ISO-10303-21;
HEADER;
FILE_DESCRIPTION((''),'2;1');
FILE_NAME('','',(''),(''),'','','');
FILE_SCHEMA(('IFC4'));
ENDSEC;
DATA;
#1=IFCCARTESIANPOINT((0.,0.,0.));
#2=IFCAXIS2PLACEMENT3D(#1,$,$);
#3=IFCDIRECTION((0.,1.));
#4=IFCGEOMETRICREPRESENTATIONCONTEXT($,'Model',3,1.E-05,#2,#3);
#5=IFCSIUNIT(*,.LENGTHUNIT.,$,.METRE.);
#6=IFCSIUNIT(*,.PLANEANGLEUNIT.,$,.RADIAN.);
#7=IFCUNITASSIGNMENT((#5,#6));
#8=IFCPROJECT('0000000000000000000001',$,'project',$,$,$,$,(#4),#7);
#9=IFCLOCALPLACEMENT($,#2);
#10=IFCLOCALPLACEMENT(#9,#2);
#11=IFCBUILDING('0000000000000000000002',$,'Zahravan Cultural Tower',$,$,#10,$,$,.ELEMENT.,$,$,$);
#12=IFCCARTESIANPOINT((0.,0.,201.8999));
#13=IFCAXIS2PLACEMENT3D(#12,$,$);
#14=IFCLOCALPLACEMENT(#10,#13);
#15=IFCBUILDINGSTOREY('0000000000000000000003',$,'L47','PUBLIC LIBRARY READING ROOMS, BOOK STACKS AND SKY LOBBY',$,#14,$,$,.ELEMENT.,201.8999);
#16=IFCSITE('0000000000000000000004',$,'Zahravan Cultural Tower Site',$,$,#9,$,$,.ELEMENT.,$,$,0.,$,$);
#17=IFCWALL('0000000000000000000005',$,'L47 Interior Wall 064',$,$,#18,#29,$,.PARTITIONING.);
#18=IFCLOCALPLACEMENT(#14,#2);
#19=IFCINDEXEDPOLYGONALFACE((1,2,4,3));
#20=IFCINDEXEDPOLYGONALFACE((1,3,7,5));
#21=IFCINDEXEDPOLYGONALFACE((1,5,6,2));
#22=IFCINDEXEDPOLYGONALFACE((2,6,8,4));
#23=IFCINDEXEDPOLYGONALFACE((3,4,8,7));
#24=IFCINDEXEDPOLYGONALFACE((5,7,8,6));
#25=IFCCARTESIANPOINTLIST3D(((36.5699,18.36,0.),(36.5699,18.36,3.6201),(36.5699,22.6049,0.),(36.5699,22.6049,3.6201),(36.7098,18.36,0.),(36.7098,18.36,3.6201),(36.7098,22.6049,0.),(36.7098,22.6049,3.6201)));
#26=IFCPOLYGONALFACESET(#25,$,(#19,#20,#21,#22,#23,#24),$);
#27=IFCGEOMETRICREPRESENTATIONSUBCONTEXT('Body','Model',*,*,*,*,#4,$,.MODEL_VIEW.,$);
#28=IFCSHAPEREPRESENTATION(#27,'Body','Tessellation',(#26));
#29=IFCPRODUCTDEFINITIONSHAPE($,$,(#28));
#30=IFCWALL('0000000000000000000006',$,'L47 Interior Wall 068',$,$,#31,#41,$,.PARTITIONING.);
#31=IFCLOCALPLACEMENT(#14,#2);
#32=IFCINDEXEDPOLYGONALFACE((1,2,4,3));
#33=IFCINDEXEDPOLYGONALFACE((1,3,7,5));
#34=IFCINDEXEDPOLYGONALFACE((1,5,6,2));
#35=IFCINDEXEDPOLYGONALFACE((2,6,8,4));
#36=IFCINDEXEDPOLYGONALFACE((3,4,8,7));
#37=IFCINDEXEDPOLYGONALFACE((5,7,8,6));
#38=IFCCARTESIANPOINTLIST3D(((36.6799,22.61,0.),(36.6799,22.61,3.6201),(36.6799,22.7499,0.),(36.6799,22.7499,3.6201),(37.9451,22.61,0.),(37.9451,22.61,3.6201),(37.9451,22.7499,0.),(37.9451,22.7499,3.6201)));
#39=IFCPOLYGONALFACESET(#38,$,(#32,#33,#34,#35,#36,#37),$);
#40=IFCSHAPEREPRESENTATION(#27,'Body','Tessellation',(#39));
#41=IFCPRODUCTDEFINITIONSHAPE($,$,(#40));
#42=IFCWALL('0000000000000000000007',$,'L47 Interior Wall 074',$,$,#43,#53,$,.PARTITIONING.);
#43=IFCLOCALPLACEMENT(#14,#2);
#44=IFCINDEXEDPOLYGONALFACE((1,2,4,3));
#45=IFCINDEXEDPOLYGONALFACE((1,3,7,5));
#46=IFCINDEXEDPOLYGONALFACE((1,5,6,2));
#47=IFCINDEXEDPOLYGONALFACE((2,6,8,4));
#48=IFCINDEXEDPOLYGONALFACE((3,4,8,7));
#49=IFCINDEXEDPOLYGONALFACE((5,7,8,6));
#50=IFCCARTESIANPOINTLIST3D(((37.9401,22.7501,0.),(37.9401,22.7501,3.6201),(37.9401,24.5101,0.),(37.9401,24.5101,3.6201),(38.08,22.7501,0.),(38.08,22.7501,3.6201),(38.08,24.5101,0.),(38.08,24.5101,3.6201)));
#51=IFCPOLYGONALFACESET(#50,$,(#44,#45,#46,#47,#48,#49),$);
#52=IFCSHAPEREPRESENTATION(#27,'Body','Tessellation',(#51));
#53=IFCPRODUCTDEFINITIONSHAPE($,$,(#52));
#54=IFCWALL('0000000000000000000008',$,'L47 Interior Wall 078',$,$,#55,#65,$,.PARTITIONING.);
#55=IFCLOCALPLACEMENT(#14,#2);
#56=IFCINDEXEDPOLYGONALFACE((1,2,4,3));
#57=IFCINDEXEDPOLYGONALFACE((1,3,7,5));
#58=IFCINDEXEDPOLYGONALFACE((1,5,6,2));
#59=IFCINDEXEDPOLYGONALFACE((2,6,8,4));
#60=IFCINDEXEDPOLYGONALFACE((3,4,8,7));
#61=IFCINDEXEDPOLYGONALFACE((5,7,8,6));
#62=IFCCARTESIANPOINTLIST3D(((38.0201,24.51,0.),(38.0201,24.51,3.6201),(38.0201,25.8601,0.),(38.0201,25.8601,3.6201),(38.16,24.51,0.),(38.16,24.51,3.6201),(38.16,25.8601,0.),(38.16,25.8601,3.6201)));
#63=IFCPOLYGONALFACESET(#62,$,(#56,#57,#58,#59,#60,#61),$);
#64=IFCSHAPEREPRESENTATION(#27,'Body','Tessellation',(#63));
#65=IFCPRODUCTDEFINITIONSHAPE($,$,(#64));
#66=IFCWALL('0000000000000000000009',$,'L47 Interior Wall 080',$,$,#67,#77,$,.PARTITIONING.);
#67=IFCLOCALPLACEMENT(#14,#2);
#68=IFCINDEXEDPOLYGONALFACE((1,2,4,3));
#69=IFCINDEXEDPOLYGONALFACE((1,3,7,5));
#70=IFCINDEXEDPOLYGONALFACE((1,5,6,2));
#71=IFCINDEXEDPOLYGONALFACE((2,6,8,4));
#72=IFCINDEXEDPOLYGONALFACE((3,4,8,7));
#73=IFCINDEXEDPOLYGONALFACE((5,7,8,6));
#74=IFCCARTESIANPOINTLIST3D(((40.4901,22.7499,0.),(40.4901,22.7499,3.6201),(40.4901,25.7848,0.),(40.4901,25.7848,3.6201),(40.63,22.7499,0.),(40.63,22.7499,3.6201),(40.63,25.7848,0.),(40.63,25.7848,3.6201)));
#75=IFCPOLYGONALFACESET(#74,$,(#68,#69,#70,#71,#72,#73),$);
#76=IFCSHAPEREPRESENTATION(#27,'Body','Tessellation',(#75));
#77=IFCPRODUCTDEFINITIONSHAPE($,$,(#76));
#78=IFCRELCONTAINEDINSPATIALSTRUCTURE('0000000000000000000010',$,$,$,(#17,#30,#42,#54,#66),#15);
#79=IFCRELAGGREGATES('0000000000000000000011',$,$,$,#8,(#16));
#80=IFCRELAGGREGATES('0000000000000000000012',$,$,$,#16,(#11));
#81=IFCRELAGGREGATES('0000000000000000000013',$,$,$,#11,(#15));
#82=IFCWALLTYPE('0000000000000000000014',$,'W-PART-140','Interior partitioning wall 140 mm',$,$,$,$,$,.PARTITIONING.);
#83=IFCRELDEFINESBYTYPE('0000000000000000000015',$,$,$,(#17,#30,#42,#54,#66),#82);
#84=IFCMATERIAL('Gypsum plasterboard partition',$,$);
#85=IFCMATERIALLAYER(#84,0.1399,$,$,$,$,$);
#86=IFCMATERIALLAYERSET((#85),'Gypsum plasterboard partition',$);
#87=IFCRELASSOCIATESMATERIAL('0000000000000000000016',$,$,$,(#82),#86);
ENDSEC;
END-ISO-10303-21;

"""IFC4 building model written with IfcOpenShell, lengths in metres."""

from ifc_helpers import new_model, si_unit, direction, frame, frame_2d, origin, place, context, subcontext, project, spatial, rectangle, extrude, source, transform, mapped, material, layer, layer_set, type_object, element, save


model = new_model("IFC4")

# Units and contexts
model_context = context("Model", 3, precision=1e-05, world=origin(), true_north=direction((0.0, 1.0)))
body_context = subcontext(model_context, "Body", "Model", "MODEL_VIEW")
ifc_project = project(units=[si_unit("LENGTHUNIT", "METRE"), si_unit("PLANEANGLEUNIT", "RADIAN")], contexts=[model_context])

# Site, building, storey
site_placement = place(None, origin())
site = spatial("IfcSite", under=ifc_project, at=site_placement, Name="Zahravan Cultural Tower Site", CompositionType="ELEMENT", RefElevation=0.0)
building_placement = place(site_placement, origin())
building = spatial("IfcBuilding", under=site, at=building_placement, Name="Zahravan Cultural Tower", CompositionType="ELEMENT")
storey_placement = place(building_placement, frame((0.0, 0.0, 201.8999)))
storey = spatial("IfcBuildingStorey", under=building, at=storey_placement, Name="L47", Description="PUBLIC LIBRARY READING ROOMS, BOOK STACKS AND SKY LOBBY", CompositionType="ELEMENT", Elevation=201.8999)

# Shared definitions
ifc_material_1 = material(Name="Gypsum plasterboard partition")
ifc_layer_1 = layer(ifc_material_1, 0.1399)
ifc_layer_set_1 = layer_set([ifc_layer_1], Name="Gypsum plasterboard partition")
wall_type_1 = type_object("IfcWallType", Name="W-PART-140", Description="Interior partitioning wall 140 mm", PredefinedType="PARTITIONING", material=ifc_layer_set_1)

# Walls
shared_shape_1 = source(origin(), body_context, "Body", "SweptSolid", [
    extrude(rectangle(XDim=4.2449, YDim=0.1399, at=frame_2d((2.1226, 0.0))), origin(), (0.0, 0.0, 1.0), 3.6201),
])
wall_1_placement = place(storey_placement, frame((36.6399, 22.605, 0.0), z_axis=(0.0, 0.0, 1.0), x_axis=(0.0, -1.0, 0.0)))
element("IfcWall", 1, at=wall_1_placement, inside=storey, type_object=wall_type_1, Name="L47 Interior Wall 064", PredefinedType="PARTITIONING", context=body_context, shape_type="MappedRepresentation", body=[
    mapped(shared_shape_1, transform((0.0, 0.0, 0.0), x_axis=(1.0, 0.0, 0.0), y_axis=(0.0, 1.0, 0.0), z_axis=(0.0, 0.0, 1.0), scale=1.0)),
])
shared_shape_2 = source(origin(), body_context, "Body", "SweptSolid", [
    extrude(rectangle(XDim=1.2651, YDim=0.1399, at=frame_2d((0.6326, 0.0))), origin(), (0.0, 0.0, 1.0), 3.6201),
])
wall_2_placement = place(storey_placement, frame((36.6799, 22.6799, 0.0), z_axis=(0.0, 0.0, 1.0), x_axis=(1.0, 0.0, 0.0)))
element("IfcWall", 2, at=wall_2_placement, inside=storey, type_object=wall_type_1, Name="L47 Interior Wall 068", PredefinedType="PARTITIONING", context=body_context, shape_type="MappedRepresentation", body=[
    mapped(shared_shape_2, transform((0.0, 0.0, 0.0), x_axis=(1.0, 0.0, 0.0), y_axis=(0.0, 1.0, 0.0), z_axis=(0.0, 0.0, 1.0), scale=1.0)),
])
shared_shape_3 = source(origin(), body_context, "Body", "SweptSolid", [
    extrude(rectangle(XDim=1.76, YDim=0.1399, at=frame_2d((0.8799, 0.0))), origin(), (0.0, 0.0, 1.0), 3.6201),
])
wall_3_placement = place(storey_placement, frame((38.01, 24.51, 0.0), z_axis=(0.0, 0.0, 1.0), x_axis=(0.0, -1.0, 0.0)))
element("IfcWall", 3, at=wall_3_placement, inside=storey, type_object=wall_type_1, Name="L47 Interior Wall 074", PredefinedType="PARTITIONING", context=body_context, shape_type="MappedRepresentation", body=[
    mapped(shared_shape_3, transform((0.0, 0.0, 0.0), x_axis=(1.0, 0.0, 0.0), y_axis=(0.0, 1.0, 0.0), z_axis=(0.0, 0.0, 1.0), scale=1.0)),
])
shared_shape_4 = source(origin(), body_context, "Body", "SweptSolid", [
    extrude(rectangle(XDim=1.3501, YDim=0.1399, at=frame_2d((0.675, 0.0))), origin(), (0.0, 0.0, 1.0), 3.6201),
])
wall_4_placement = place(storey_placement, frame((38.0901, 24.51, 0.0), z_axis=(0.0, 0.0, 1.0), x_axis=(0.0, 1.0, 0.0)))
element("IfcWall", 4, at=wall_4_placement, inside=storey, type_object=wall_type_1, Name="L47 Interior Wall 078", PredefinedType="PARTITIONING", context=body_context, shape_type="MappedRepresentation", body=[
    mapped(shared_shape_4, transform((0.0, 0.0, 0.0), x_axis=(1.0, 0.0, 0.0), y_axis=(0.0, 1.0, 0.0), z_axis=(0.0, 0.0, 1.0), scale=1.0)),
])
shared_shape_5 = source(origin(), body_context, "Body", "SweptSolid", [
    extrude(rectangle(XDim=3.0349, YDim=0.1399, at=frame_2d((1.5176, 0.0))), origin(), (0.0, 0.0, 1.0), 3.6201),
])
wall_5_placement = place(storey_placement, frame((40.5601, 25.7849, 0.0), z_axis=(0.0, 0.0, 1.0), x_axis=(0.0, -1.0, 0.0)))
element("IfcWall", 5, at=wall_5_placement, inside=storey, type_object=wall_type_1, Name="L47 Interior Wall 080", PredefinedType="PARTITIONING", context=body_context, shape_type="MappedRepresentation", body=[
    mapped(shared_shape_5, transform((0.0, 0.0, 0.0), x_axis=(1.0, 0.0, 0.0), y_axis=(0.0, 1.0, 0.0), z_axis=(0.0, 0.0, 1.0), scale=1.0)),
])

save(model, "model.ifc")
